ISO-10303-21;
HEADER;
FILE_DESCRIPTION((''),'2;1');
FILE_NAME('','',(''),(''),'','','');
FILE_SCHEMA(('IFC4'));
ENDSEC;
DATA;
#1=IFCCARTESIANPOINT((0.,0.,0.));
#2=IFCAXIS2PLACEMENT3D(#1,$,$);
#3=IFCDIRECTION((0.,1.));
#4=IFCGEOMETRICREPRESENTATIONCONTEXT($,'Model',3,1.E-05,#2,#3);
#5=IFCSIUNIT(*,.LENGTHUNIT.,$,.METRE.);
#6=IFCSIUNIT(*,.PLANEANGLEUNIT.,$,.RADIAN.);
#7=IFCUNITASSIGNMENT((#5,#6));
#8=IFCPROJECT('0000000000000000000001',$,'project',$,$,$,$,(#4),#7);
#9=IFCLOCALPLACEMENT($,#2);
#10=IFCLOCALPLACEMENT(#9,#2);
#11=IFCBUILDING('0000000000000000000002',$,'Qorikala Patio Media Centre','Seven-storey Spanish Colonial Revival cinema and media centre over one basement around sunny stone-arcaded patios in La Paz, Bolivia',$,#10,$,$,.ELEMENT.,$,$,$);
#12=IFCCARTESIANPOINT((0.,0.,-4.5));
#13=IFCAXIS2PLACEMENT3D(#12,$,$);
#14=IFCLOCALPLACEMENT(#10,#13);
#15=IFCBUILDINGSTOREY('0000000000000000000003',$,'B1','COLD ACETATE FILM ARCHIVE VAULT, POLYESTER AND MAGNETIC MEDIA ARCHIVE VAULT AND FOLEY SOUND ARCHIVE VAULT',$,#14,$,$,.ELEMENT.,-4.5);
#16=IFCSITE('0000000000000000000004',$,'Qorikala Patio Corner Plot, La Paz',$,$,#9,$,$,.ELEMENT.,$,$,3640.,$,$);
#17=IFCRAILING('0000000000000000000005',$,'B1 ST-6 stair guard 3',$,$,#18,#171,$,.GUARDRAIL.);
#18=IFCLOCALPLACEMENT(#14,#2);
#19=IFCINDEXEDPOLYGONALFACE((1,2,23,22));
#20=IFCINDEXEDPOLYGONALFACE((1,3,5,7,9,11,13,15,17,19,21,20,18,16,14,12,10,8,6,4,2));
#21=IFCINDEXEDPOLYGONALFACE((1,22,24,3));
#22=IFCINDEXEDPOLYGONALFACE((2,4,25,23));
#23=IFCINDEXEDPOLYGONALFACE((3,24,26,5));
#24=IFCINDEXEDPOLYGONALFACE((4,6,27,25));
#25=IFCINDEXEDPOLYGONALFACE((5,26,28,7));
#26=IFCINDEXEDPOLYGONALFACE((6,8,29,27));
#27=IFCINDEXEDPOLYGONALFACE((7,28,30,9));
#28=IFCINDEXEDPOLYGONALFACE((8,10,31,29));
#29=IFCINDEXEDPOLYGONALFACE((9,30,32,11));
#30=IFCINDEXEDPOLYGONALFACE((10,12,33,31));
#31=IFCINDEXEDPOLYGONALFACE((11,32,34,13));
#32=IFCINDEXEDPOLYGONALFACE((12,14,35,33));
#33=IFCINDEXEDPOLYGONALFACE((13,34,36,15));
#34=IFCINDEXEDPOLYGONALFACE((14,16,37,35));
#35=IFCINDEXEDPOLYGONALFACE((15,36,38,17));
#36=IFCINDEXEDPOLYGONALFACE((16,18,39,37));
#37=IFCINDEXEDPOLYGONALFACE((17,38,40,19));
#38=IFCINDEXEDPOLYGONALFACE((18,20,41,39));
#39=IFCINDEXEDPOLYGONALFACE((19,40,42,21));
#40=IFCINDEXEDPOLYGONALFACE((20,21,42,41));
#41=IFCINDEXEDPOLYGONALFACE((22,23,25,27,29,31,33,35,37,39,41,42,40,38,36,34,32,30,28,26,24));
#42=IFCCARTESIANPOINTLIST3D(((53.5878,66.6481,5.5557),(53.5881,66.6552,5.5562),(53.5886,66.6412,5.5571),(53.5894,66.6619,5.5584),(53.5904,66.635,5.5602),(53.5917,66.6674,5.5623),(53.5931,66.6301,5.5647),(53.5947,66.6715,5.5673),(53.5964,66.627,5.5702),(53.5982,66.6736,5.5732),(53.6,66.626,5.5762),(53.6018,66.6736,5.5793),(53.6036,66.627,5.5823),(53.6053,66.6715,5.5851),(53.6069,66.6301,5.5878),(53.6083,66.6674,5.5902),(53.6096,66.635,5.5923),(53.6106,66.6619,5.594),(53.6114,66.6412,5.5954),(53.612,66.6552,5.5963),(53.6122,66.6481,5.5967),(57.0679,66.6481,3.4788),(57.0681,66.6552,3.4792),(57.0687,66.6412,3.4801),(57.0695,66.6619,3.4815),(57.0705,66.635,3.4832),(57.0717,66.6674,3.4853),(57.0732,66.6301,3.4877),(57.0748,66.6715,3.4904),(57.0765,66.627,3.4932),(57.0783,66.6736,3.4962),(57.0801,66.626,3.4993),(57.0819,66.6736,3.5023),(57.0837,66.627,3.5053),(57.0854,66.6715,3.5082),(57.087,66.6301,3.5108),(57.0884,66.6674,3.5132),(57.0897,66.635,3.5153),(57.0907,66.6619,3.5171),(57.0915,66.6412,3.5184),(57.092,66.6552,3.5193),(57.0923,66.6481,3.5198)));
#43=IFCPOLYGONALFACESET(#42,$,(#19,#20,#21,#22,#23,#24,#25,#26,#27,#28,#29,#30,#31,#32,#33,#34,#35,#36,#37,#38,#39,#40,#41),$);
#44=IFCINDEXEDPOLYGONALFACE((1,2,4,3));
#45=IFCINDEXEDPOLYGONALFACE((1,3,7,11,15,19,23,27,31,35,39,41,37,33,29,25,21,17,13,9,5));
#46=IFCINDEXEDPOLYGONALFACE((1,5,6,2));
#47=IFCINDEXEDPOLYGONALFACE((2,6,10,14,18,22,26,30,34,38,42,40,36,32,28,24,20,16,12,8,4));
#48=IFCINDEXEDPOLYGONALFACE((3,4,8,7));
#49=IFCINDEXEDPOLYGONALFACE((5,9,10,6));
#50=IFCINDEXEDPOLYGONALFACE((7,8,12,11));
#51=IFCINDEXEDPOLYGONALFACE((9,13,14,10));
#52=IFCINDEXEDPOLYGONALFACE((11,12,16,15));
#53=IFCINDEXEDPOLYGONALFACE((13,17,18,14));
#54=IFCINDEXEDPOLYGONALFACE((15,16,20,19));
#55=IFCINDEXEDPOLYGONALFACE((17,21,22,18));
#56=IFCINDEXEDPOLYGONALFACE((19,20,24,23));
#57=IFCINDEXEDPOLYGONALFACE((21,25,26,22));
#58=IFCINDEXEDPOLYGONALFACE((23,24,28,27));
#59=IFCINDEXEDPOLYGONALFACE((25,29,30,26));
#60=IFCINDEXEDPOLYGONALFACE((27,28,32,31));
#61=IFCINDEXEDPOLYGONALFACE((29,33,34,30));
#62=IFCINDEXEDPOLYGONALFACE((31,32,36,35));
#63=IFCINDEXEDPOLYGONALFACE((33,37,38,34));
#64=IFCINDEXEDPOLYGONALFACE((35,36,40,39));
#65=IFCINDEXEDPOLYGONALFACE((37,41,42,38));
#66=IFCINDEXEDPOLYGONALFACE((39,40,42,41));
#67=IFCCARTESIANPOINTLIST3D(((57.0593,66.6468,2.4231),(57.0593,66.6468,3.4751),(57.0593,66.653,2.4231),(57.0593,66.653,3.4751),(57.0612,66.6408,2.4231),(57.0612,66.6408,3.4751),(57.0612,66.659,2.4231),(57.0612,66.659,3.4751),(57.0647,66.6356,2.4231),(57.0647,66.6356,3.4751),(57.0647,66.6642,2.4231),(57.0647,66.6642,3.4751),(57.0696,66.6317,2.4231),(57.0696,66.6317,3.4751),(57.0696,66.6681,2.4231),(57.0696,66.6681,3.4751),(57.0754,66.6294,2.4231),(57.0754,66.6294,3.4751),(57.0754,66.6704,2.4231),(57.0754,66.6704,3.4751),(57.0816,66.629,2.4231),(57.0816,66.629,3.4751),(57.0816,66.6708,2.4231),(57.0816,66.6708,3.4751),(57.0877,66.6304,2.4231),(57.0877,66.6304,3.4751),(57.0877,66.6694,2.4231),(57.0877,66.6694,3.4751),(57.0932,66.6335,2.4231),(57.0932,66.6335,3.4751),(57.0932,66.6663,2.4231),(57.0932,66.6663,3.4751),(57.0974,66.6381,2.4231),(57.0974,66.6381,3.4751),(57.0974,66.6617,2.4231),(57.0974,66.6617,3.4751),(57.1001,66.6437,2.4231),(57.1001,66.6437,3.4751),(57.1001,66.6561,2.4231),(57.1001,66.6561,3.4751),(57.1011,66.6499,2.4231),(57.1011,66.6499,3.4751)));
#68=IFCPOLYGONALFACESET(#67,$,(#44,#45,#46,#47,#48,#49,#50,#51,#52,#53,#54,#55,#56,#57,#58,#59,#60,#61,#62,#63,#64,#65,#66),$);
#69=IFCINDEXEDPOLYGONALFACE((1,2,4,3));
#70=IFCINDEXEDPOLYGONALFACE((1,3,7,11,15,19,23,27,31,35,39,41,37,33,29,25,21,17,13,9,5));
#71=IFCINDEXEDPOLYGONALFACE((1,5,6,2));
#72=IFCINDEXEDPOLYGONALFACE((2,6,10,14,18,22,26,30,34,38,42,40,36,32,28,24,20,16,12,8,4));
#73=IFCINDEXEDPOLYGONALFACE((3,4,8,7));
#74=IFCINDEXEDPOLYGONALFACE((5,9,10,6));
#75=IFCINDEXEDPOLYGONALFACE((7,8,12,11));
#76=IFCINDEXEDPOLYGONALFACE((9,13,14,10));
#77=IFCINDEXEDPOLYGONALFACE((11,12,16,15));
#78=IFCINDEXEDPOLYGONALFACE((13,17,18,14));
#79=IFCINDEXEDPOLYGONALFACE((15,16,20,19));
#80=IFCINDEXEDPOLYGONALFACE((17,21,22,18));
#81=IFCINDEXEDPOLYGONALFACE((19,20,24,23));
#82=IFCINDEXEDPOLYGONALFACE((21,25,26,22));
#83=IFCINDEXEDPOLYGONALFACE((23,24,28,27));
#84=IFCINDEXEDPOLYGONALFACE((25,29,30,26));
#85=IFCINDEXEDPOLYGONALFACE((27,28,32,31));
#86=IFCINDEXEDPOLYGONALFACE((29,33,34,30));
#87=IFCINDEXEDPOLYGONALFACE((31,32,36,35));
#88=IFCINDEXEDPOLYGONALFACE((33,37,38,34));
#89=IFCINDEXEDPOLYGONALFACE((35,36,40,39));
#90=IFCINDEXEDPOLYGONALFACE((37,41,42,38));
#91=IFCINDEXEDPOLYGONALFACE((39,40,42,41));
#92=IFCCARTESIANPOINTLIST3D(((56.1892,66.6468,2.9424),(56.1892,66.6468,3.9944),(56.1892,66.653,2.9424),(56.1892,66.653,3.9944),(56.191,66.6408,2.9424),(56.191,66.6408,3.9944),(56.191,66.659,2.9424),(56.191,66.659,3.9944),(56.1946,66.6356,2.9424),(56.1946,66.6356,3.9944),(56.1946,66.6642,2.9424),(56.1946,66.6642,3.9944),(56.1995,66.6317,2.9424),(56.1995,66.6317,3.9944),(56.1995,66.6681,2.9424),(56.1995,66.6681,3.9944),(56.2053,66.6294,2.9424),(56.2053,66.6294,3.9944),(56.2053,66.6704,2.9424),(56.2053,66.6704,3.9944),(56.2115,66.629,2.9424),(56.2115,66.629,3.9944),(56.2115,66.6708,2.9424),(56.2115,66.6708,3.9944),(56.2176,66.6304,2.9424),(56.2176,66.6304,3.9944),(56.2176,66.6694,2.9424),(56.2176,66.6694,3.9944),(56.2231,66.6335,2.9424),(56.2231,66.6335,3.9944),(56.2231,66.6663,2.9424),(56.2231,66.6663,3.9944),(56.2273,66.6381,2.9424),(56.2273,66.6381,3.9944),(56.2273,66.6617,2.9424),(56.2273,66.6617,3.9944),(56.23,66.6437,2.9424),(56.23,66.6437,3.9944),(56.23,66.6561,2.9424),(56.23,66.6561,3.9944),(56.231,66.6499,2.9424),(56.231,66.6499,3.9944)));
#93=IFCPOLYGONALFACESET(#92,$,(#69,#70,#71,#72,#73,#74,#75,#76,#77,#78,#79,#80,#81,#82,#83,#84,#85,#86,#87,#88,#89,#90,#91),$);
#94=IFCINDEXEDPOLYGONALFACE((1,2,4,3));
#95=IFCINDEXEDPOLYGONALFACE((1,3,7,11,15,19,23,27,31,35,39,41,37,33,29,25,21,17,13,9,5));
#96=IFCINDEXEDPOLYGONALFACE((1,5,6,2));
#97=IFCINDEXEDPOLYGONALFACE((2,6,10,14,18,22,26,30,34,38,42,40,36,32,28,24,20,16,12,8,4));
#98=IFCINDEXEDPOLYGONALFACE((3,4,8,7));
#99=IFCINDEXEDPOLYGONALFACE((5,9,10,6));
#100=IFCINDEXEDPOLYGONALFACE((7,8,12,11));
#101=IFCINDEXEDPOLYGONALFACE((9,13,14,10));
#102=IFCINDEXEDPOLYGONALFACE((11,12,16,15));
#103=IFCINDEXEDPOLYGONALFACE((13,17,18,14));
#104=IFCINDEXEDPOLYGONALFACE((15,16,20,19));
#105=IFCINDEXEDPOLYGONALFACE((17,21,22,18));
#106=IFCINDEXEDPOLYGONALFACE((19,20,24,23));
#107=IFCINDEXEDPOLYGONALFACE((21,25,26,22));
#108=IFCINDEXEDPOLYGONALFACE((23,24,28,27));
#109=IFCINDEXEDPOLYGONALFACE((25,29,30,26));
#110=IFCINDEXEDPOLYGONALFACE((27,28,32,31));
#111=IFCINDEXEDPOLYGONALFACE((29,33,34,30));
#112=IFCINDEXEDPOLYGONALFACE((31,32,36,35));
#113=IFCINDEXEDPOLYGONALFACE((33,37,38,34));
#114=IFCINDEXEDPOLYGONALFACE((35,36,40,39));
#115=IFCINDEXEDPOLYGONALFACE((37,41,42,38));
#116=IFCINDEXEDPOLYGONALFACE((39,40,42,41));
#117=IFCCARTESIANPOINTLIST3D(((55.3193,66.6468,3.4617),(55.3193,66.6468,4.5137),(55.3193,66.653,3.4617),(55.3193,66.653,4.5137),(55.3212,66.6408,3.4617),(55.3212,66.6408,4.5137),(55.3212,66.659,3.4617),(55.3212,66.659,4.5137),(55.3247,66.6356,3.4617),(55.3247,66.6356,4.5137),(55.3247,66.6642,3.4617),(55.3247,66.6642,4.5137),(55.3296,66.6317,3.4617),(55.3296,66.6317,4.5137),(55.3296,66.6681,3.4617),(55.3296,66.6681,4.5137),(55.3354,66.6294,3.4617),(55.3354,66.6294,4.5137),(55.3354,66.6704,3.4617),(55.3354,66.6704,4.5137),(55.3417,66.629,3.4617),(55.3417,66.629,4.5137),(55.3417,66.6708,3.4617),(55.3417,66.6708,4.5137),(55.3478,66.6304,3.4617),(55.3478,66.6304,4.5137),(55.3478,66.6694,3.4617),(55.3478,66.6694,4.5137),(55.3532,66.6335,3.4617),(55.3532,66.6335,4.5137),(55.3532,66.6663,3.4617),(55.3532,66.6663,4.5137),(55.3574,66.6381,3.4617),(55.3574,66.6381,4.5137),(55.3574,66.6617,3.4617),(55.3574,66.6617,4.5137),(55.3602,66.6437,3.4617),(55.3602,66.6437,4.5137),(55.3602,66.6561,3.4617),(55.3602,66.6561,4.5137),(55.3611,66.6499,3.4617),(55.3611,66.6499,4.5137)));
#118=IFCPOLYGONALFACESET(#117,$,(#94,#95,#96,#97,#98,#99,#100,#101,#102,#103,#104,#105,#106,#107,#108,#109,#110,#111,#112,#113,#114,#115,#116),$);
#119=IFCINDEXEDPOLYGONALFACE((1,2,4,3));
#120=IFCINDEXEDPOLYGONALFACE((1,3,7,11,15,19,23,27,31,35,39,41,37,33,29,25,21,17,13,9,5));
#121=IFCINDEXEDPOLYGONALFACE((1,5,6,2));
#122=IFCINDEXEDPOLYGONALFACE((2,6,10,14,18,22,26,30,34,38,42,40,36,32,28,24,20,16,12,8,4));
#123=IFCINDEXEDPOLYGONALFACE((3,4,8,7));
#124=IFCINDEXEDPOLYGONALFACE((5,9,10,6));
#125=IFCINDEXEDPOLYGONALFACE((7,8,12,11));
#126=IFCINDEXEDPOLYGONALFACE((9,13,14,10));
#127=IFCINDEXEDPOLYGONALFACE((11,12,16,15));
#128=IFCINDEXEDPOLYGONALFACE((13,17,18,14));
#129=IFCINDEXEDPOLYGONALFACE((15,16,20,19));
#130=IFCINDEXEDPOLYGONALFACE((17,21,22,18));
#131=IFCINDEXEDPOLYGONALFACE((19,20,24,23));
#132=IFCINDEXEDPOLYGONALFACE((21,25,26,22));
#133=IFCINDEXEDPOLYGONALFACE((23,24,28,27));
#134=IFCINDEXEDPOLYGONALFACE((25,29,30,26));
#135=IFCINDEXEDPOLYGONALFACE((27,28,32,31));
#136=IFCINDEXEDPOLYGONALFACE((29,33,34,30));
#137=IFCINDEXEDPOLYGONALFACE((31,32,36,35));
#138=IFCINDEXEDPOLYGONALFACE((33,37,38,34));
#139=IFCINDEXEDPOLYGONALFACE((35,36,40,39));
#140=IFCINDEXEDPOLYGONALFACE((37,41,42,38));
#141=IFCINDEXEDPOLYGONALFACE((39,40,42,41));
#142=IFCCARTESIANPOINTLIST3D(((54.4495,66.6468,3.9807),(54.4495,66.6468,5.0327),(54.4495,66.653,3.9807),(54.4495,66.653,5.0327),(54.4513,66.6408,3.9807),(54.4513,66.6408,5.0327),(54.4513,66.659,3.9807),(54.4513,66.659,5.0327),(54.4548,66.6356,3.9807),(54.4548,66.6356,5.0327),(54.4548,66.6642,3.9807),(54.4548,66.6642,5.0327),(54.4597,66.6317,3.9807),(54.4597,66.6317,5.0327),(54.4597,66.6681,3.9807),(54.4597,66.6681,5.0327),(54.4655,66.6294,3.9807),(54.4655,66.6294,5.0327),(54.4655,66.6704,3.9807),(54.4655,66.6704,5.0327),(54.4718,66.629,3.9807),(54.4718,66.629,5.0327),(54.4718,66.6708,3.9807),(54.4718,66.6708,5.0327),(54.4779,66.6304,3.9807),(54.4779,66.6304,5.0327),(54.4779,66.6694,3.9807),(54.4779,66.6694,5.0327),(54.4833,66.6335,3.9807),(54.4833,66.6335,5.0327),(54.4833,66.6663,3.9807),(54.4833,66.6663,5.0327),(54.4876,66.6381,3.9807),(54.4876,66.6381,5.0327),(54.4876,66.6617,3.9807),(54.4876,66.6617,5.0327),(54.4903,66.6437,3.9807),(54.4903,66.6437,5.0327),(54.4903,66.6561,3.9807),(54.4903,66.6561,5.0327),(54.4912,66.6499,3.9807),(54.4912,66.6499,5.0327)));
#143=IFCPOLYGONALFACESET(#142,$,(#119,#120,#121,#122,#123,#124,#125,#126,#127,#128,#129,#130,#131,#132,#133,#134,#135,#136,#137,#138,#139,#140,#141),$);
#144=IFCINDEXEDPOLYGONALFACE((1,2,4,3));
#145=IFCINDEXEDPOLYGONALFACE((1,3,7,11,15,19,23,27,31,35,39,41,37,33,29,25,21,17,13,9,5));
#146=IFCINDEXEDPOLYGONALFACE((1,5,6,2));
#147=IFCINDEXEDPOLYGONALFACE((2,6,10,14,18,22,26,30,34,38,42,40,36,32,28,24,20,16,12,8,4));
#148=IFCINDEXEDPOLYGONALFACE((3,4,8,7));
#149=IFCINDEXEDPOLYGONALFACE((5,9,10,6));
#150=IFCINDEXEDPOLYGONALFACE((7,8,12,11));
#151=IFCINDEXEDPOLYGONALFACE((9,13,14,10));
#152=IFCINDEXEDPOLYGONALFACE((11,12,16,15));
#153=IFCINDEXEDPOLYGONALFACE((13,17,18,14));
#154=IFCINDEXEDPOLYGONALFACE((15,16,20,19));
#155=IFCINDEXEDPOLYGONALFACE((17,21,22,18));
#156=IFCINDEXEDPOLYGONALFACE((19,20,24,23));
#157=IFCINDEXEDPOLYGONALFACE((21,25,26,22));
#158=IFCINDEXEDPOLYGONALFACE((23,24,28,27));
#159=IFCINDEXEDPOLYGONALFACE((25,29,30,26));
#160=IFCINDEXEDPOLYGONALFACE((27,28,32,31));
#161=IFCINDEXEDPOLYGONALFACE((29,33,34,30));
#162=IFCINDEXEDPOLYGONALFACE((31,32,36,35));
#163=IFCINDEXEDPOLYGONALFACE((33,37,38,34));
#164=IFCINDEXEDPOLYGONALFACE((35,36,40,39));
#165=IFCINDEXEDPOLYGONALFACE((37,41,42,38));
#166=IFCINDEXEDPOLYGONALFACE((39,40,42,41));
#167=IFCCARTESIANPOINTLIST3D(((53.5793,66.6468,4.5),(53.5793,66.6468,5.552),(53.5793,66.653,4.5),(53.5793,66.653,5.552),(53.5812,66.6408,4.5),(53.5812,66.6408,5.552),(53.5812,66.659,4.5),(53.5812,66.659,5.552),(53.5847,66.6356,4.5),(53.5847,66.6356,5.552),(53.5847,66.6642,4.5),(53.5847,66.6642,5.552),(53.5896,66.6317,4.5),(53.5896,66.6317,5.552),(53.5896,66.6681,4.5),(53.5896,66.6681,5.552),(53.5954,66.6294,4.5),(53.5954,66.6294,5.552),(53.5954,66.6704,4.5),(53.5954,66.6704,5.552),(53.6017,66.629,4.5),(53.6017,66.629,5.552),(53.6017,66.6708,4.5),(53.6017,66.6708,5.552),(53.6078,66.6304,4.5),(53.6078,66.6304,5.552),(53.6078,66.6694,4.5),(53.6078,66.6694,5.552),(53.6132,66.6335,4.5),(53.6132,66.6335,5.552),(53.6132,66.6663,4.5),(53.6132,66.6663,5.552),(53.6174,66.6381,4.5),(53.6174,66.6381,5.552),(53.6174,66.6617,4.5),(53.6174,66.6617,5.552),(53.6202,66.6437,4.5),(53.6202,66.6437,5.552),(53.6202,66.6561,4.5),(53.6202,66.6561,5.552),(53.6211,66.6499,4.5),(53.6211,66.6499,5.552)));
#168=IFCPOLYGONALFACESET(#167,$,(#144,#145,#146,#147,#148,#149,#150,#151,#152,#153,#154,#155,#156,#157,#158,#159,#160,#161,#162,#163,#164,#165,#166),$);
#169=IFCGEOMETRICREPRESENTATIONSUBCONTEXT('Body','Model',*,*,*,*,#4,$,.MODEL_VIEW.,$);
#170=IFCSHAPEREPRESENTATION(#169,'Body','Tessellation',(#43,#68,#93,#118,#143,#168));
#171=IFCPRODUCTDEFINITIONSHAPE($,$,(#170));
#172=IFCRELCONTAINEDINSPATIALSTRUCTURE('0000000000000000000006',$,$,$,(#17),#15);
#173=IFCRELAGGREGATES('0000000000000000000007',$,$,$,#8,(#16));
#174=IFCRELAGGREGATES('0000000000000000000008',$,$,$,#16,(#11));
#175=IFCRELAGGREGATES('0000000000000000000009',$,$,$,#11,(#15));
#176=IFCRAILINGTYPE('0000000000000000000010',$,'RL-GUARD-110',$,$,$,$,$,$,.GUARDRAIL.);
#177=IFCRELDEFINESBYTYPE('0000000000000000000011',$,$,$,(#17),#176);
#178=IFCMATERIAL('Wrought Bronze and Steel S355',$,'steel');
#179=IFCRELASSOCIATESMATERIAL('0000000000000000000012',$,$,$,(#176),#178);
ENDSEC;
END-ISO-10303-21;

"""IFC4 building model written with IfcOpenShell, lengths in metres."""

from ifc_helpers import new_model, si_unit, direction, frame, origin, origin_2d, place, context, subcontext, project, spatial, circle, extrude, material, type_object, element, save


model = new_model("IFC4")

# Units and contexts
model_context = context("Model", 3, precision=1e-05, world=origin(), true_north=direction((0.0, 1.0)))
body_context = subcontext(model_context, "Body", "Model", "MODEL_VIEW")
ifc_project = project(units=[si_unit("LENGTHUNIT", "METRE"), si_unit("PLANEANGLEUNIT", "RADIAN")], contexts=[model_context])

# Site, building, storey
site_placement = place(None, origin())
site = spatial("IfcSite", under=ifc_project, at=site_placement, Name="Qorikala Patio Corner Plot, La Paz", CompositionType="ELEMENT", RefElevation=3640.0)
building_placement = place(site_placement, origin())
building = spatial("IfcBuilding", under=site, at=building_placement, Name="Qorikala Patio Media Centre", Description="Seven-storey Spanish Colonial Revival cinema and media centre over one basement around sunny stone-arcaded patios in La Paz, Bolivia", CompositionType="ELEMENT")
storey_placement = place(building_placement, frame((0.0, 0.0, -4.5)))
storey = spatial("IfcBuildingStorey", under=building, at=storey_placement, Name="B1", Description="COLD ACETATE FILM ARCHIVE VAULT, POLYESTER AND MAGNETIC MEDIA ARCHIVE VAULT AND FOLEY SOUND ARCHIVE VAULT", CompositionType="ELEMENT", Elevation=-4.5)

# Railing
ifc_material_1 = material(Name="Wrought Bronze and Steel S355", Category="steel")
railing_type_1 = type_object("IfcRailingType", Name="RL-GUARD-110", PredefinedType="GUARDRAIL", material=ifc_material_1)
railing_1_placement = place(storey_placement, frame((57.0801, 66.6499, 2.4231)))
element("IfcRailing", 1, at=railing_1_placement, inside=storey, type_object=railing_type_1, Name="B1 ST-6 stair guard 3", PredefinedType="GUARDRAIL", context=body_context, shape_type="SweptSolid", body=[
    extrude(circle(Radius=0.0239, at=origin_2d()), frame((0.0, 0.0, 1.0762), z_axis=(-0.858697, 0.0, 0.512483), x_axis=(0.0, -1.0, 0.0)), (0.0, 0.0, 1.0), 4.0527),
    extrude(circle(Radius=0.021, at=origin_2d()), origin(), (0.0, 0.0, 1.0), 1.052),
    extrude(circle(Radius=0.021, at=origin_2d()), frame((-0.8701, 0.0, 0.5193)), (0.0, 0.0, 1.0), 1.052),
    extrude(circle(Radius=0.021, at=origin_2d()), frame((-1.74, 0.0, 1.0386)), (0.0, 0.0, 1.0), 1.052),
    extrude(circle(Radius=0.021, at=origin_2d()), frame((-2.6099, 0.0, 1.5576)), (0.0, 0.0, 1.0), 1.052),
    extrude(circle(Radius=0.021, at=origin_2d()), frame((-3.48, 0.0, 2.0769)), (0.0, 0.0, 1.0), 1.052),
])

save(model, "model.ifc")
